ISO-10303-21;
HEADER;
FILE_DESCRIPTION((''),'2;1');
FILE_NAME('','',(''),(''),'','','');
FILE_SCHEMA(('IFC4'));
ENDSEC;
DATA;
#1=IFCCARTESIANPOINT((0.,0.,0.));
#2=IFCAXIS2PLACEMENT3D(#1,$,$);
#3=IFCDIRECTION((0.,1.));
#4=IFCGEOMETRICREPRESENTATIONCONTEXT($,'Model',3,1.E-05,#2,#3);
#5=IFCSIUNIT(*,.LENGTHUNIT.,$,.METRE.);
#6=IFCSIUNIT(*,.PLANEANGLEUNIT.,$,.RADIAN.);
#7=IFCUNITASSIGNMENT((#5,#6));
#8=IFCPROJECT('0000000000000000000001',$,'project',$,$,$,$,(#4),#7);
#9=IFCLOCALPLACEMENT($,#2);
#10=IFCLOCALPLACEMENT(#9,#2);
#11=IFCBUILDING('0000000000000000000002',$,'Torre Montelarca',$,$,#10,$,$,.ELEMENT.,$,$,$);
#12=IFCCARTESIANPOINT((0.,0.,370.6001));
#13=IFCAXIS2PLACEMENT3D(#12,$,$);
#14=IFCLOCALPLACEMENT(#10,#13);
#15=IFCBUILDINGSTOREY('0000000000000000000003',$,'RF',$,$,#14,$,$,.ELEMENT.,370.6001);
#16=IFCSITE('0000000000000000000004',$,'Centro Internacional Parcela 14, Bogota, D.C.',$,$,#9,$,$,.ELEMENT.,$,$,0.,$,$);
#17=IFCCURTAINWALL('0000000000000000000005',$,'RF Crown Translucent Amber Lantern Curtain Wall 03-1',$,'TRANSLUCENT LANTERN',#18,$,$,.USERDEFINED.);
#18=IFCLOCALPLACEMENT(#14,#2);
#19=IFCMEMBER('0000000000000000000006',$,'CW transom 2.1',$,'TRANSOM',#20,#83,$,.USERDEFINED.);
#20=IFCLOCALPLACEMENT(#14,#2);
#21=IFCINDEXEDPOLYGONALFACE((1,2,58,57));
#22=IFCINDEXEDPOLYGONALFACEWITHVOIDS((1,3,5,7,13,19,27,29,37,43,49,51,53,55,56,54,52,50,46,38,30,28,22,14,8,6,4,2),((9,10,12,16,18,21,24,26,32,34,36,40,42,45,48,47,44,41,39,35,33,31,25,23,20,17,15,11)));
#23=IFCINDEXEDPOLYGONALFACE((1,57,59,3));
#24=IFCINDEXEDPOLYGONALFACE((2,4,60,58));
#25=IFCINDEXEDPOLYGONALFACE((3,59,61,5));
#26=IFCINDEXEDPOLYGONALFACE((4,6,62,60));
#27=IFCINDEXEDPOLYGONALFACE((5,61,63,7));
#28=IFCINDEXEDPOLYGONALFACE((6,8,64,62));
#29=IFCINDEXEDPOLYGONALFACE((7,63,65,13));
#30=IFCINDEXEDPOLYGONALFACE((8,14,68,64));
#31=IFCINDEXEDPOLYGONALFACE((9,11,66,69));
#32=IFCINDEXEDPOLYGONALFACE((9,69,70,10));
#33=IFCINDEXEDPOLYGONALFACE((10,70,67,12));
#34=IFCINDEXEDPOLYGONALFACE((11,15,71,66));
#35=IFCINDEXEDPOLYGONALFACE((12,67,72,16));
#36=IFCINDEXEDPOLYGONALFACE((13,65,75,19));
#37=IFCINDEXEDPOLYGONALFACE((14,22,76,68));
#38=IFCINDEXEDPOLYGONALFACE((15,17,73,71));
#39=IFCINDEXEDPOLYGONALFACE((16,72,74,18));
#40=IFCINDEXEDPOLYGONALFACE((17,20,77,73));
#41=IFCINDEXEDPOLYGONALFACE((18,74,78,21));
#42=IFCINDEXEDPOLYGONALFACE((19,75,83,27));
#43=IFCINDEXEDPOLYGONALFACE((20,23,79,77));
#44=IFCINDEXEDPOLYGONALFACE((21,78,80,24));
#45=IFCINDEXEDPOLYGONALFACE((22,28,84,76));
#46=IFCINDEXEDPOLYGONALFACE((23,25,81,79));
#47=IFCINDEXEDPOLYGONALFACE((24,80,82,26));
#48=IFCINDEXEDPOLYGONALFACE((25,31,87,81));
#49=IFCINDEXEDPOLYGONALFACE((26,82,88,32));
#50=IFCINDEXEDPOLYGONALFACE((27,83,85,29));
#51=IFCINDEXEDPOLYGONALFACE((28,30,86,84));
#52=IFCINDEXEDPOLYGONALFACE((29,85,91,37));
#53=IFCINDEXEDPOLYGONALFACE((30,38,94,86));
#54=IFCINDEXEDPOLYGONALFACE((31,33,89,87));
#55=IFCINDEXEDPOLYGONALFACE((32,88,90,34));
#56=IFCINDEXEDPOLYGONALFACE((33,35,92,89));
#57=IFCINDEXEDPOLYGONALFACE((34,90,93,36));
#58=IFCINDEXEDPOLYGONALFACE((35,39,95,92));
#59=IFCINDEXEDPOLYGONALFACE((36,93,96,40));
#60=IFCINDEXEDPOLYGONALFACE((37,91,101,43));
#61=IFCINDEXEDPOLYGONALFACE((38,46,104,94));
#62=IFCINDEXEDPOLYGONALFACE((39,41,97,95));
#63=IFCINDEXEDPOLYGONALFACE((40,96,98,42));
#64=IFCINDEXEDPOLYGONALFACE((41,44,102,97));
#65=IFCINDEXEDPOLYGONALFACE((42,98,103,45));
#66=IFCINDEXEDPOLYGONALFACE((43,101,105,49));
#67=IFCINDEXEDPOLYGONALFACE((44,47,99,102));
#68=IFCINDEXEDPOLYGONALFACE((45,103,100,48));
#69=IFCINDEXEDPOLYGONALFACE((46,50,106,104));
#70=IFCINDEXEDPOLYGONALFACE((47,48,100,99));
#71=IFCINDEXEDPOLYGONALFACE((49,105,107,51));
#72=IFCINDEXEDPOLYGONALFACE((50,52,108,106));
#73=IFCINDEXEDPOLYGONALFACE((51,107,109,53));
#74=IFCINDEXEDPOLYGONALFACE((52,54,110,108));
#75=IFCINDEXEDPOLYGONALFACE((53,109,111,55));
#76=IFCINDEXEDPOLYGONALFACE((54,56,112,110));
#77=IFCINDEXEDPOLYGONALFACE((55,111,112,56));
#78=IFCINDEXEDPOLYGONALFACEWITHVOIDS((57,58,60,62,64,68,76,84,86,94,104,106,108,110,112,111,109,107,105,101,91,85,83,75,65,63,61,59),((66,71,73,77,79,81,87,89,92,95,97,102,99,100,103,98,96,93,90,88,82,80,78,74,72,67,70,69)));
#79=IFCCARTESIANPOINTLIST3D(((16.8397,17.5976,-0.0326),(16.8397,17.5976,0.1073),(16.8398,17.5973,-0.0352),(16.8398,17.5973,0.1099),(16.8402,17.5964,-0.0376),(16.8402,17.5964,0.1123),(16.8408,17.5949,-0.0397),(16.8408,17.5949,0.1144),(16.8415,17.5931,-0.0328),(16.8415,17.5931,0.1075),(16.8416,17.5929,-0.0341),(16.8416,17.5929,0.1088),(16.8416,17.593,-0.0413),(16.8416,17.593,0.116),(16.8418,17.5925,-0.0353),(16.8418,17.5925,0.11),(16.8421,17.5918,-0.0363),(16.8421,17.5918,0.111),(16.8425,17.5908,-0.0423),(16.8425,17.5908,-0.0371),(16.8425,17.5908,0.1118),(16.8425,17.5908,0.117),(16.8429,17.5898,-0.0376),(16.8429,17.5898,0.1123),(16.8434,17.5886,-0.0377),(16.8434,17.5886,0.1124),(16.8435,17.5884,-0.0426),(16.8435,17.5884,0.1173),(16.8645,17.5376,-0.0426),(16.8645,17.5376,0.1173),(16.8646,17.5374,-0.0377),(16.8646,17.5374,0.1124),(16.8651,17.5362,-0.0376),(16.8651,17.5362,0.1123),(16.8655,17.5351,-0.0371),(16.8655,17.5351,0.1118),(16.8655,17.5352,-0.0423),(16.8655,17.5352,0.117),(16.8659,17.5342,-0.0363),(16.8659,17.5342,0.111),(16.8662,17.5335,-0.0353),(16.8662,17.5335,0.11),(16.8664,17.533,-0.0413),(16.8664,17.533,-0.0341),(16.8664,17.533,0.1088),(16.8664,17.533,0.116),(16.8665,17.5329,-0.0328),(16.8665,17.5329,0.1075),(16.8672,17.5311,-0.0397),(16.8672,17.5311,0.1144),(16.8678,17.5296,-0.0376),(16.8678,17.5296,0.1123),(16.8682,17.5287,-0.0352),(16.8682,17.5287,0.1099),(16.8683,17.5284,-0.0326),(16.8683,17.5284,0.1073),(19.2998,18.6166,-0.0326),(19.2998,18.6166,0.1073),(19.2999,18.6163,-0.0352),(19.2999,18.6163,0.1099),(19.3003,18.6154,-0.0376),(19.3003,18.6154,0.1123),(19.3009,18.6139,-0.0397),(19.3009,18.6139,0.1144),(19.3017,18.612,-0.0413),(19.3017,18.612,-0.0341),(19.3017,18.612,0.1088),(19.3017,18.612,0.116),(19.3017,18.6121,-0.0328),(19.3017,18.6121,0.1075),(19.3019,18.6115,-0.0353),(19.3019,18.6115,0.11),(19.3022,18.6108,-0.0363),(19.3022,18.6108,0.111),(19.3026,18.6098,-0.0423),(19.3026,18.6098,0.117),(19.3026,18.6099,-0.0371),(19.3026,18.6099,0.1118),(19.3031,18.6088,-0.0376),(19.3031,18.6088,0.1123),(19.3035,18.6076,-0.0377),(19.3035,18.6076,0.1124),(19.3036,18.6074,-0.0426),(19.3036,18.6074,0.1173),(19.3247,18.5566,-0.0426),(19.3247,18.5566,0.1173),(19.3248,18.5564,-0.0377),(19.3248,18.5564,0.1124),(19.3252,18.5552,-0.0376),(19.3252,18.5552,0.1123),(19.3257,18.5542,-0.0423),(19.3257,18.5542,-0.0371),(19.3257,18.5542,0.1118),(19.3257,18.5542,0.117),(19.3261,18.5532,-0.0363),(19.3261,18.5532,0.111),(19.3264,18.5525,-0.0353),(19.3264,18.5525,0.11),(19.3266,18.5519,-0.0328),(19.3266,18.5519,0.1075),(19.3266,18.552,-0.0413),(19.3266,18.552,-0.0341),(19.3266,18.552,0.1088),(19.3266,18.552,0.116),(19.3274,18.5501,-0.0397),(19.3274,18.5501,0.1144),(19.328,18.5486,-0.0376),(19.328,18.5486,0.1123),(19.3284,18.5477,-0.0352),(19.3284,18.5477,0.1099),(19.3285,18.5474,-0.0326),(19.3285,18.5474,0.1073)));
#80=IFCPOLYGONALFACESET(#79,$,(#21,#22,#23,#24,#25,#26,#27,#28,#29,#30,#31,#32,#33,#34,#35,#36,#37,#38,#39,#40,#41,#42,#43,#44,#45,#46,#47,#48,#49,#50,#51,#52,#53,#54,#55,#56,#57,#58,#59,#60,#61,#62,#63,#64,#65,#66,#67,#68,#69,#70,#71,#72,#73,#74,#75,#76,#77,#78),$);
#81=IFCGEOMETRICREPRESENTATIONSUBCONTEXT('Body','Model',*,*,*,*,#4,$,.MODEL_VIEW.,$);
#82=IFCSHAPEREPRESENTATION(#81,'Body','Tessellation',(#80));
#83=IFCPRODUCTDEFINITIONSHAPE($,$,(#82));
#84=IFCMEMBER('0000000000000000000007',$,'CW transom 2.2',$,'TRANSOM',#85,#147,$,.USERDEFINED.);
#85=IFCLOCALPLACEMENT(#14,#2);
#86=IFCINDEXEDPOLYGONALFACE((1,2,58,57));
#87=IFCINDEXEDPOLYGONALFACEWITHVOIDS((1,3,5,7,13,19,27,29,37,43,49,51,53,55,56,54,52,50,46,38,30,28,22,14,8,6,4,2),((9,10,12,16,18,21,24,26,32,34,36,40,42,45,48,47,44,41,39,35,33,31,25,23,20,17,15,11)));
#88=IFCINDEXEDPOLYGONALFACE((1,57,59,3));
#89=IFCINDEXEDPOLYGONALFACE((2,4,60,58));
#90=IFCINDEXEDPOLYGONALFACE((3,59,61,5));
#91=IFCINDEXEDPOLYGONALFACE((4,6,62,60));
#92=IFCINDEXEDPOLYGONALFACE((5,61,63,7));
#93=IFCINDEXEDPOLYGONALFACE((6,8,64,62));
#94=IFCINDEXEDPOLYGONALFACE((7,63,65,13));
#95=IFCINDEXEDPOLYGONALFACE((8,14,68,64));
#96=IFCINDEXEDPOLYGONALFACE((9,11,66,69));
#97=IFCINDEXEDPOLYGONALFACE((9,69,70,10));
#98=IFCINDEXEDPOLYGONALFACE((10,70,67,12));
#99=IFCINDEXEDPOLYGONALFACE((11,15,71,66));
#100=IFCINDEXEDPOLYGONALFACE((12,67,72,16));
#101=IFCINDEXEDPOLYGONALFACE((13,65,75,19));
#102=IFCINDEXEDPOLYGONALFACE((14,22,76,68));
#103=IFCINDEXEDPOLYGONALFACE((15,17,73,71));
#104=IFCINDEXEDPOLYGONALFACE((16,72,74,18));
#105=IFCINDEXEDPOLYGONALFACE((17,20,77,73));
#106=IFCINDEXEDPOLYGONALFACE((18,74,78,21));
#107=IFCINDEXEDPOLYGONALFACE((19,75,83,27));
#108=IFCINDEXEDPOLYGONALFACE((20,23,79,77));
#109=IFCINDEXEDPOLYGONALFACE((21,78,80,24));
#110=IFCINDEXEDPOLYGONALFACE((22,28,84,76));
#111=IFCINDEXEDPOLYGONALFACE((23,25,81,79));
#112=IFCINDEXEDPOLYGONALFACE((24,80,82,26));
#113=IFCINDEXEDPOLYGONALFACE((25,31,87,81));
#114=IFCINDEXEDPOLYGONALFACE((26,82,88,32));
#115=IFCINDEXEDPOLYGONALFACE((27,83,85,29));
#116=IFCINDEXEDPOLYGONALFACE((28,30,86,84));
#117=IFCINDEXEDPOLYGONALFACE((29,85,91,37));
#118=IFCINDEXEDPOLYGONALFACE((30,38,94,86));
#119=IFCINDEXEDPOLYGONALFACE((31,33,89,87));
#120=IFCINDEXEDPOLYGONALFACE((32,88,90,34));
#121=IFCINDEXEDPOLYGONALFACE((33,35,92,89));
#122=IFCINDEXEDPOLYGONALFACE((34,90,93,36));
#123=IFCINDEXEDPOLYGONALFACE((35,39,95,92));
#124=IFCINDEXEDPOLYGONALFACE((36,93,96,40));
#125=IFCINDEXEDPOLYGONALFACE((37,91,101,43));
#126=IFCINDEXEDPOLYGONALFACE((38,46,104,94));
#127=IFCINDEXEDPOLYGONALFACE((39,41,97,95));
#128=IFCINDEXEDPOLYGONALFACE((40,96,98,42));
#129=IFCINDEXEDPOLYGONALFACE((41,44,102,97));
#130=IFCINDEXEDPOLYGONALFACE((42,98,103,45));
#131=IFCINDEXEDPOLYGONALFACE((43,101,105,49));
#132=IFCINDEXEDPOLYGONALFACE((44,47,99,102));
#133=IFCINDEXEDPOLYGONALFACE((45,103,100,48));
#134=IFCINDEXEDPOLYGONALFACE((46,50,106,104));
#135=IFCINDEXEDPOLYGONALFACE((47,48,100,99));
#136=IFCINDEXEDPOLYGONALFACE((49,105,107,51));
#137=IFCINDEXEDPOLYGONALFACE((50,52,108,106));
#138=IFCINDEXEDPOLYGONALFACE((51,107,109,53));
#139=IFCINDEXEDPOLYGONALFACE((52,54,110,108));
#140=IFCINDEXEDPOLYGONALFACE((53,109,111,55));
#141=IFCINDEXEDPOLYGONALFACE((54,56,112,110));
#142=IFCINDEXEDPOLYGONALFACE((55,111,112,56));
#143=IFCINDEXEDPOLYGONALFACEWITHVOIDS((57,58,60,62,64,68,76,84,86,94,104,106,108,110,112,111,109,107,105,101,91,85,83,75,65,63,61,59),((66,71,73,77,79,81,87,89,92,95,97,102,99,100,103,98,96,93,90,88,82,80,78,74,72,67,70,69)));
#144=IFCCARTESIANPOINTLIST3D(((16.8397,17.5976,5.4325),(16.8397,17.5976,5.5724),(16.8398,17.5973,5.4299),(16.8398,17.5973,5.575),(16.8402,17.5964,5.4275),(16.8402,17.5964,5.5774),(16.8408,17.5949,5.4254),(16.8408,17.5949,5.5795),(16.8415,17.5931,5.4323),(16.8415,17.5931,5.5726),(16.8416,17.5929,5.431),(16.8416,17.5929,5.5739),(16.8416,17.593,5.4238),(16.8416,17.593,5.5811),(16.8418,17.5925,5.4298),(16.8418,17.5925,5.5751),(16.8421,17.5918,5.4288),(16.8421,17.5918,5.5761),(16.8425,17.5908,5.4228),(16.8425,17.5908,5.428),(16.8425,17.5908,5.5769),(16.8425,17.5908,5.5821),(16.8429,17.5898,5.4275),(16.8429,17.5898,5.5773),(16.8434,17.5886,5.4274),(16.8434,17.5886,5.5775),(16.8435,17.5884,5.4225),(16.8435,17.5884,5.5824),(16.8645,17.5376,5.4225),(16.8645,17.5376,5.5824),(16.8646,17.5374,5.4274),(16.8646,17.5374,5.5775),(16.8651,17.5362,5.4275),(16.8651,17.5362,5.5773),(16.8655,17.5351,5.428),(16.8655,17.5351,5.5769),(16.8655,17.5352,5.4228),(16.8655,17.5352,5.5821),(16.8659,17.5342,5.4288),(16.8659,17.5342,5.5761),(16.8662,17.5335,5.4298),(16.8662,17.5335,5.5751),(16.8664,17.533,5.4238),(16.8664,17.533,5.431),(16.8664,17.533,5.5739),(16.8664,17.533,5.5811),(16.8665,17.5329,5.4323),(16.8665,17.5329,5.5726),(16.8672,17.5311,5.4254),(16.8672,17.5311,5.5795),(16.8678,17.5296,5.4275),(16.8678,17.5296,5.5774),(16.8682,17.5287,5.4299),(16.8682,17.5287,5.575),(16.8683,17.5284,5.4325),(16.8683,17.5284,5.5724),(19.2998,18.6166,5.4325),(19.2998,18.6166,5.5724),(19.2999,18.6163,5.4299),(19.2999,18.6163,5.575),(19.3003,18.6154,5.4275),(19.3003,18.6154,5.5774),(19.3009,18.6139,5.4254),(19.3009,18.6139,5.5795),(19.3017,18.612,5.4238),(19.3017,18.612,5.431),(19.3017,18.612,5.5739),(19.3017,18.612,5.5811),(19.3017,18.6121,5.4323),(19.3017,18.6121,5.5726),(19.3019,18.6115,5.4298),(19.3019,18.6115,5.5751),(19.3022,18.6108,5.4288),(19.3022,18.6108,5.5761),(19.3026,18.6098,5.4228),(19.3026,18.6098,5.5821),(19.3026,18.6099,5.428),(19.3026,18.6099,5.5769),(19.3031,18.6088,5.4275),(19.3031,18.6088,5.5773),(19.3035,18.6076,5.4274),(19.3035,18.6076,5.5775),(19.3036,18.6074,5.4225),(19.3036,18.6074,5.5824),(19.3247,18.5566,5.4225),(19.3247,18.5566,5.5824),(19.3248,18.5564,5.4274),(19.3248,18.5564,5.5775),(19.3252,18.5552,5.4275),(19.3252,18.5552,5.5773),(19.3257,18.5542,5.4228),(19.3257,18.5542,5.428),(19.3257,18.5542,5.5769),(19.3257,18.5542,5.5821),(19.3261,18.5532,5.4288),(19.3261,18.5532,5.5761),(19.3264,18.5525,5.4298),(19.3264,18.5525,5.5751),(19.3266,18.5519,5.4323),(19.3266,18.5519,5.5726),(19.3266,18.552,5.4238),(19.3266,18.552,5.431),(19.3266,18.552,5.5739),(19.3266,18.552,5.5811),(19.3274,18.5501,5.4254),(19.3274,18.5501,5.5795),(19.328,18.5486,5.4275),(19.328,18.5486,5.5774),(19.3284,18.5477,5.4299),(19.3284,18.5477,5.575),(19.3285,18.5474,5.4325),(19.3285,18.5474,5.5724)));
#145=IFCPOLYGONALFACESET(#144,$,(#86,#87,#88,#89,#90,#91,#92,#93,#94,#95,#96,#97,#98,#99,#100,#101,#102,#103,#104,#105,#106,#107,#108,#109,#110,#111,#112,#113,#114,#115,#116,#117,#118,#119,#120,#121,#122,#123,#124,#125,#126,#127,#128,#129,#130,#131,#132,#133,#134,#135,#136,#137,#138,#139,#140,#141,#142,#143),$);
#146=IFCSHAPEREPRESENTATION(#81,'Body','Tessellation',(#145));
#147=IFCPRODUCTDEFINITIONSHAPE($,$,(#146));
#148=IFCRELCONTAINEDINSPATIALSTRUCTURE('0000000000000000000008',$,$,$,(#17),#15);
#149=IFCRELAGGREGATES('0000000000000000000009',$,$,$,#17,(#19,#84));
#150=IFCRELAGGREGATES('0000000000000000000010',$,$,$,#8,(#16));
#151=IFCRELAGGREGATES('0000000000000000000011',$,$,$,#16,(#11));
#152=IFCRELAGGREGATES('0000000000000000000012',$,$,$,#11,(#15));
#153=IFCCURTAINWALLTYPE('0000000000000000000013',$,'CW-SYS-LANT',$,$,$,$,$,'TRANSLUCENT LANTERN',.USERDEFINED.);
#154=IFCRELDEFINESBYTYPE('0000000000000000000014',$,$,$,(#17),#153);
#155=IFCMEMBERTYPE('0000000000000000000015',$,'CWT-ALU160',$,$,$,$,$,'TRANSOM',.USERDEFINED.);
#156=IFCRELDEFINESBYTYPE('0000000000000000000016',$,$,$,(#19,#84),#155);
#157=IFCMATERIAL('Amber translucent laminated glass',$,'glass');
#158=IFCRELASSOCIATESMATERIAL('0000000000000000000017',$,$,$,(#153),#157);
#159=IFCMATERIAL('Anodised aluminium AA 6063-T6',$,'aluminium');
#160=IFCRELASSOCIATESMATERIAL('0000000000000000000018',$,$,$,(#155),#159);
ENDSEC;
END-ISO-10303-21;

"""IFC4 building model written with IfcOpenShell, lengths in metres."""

from ifc_helpers import new_model, si_unit, direction, frame, origin, origin_2d, place, context, subcontext, project, spatial, hollow_rectangle, extrude, source, transform, mapped, material, material_profile, profile_set, type_object, element, aggregate, save


model = new_model("IFC4")

# Units and contexts
model_context = context("Model", 3, precision=1e-05, world=origin(), true_north=direction((0.0, 1.0)))
body_context = subcontext(model_context, "Body", "Model", "MODEL_VIEW")
ifc_project = project(units=[si_unit("LENGTHUNIT", "METRE"), si_unit("PLANEANGLEUNIT", "RADIAN")], contexts=[model_context])

# Site, building, storey
site_placement = place(None, origin())
site = spatial("IfcSite", under=ifc_project, at=site_placement, Name="Centro Internacional Parcela 14, Bogota, D.C.", CompositionType="ELEMENT", RefElevation=0.0)
building_placement = place(site_placement, origin())
building = spatial("IfcBuilding", under=site, at=building_placement, Name="Torre Montelarca", CompositionType="ELEMENT")
storey_placement = place(building_placement, frame((0.0, 0.0, 370.6001)))
storey = spatial("IfcBuildingStorey", under=building, at=storey_placement, Name="RF", CompositionType="ELEMENT", Elevation=370.6001)

# Curtain wall
ifc_material_1 = material(Name="Amber translucent laminated glass", Category="glass")
curtain_wall_type = type_object("IfcCurtainWallType", Name="CW-SYS-LANT", ElementType="TRANSLUCENT LANTERN", PredefinedType="USERDEFINED", material=ifc_material_1)
ifc_material_2 = material(Name="Anodised aluminium AA 6063-T6", Category="aluminium")
curtain_wall_1_placement = place(storey_placement, origin())
curtain_wall_1 = element("IfcCurtainWall", 1, at=curtain_wall_1_placement, inside=storey, type_object=curtain_wall_type, Name="RF Crown Translucent Amber Lantern Curtain Wall 03-1", ObjectType="TRANSLUCENT LANTERN", PredefinedType="USERDEFINED")

# Members
ifc_material_profile_1 = material_profile(ifc_material_2, hollow_rectangle(XDim=0.075, YDim=0.1599, WallThickness=0.0049, InnerFilletRadius=0.0049, OuterFilletRadius=0.01, at=origin_2d()), Name="ALU75X160X5", Category="aluminium")
ifc_profile_set_1 = profile_set([ifc_material_profile_1], Name="Anodised aluminium AA 6063-T6")
member_type_1 = type_object("IfcMemberType", Name="CWT-ALU160", ElementType="TRANSOM", PredefinedType="USERDEFINED", material=ifc_profile_set_1)
shared_shape_1 = source(origin(), body_context, "Body", "SweptSolid", [
    extrude(hollow_rectangle(XDim=0.075, YDim=0.1599, WallThickness=0.0049, InnerFilletRadius=0.0049, OuterFilletRadius=0.01, at=origin_2d()), origin(), (0.0, 0.0, 1.0), 2.6628),
])
member_1_placement = place(storey_placement, frame((16.854, 17.563, 0.0374), z_axis=(0.923881, 0.382681, 0.0), x_axis=(-0.382681, 0.923881, 0.0)))
member_1 = element("IfcMember", 2, at=member_1_placement, type_object=member_type_1, Name="CW transom 2.1", ObjectType="TRANSOM", PredefinedType="USERDEFINED", context=body_context, shape_type="MappedRepresentation", body=[
    mapped(shared_shape_1, transform((0.0, 0.0, 0.0), scale=1.0)),
])
member_2_placement = place(storey_placement, frame((16.854, 17.563, 5.5024), z_axis=(0.923881, 0.382681, 0.0), x_axis=(-0.382681, 0.923881, 0.0)))
member_2 = element("IfcMember", 3, at=member_2_placement, type_object=member_type_1, Name="CW transom 2.2", ObjectType="TRANSOM", PredefinedType="USERDEFINED", context=body_context, shape_type="MappedRepresentation", body=[
    mapped(shared_shape_1, transform((0.0, 0.0, 0.0), scale=1.0)),
])

aggregate(curtain_wall_1, [member_1, member_2])

save(model, "model.ifc")
